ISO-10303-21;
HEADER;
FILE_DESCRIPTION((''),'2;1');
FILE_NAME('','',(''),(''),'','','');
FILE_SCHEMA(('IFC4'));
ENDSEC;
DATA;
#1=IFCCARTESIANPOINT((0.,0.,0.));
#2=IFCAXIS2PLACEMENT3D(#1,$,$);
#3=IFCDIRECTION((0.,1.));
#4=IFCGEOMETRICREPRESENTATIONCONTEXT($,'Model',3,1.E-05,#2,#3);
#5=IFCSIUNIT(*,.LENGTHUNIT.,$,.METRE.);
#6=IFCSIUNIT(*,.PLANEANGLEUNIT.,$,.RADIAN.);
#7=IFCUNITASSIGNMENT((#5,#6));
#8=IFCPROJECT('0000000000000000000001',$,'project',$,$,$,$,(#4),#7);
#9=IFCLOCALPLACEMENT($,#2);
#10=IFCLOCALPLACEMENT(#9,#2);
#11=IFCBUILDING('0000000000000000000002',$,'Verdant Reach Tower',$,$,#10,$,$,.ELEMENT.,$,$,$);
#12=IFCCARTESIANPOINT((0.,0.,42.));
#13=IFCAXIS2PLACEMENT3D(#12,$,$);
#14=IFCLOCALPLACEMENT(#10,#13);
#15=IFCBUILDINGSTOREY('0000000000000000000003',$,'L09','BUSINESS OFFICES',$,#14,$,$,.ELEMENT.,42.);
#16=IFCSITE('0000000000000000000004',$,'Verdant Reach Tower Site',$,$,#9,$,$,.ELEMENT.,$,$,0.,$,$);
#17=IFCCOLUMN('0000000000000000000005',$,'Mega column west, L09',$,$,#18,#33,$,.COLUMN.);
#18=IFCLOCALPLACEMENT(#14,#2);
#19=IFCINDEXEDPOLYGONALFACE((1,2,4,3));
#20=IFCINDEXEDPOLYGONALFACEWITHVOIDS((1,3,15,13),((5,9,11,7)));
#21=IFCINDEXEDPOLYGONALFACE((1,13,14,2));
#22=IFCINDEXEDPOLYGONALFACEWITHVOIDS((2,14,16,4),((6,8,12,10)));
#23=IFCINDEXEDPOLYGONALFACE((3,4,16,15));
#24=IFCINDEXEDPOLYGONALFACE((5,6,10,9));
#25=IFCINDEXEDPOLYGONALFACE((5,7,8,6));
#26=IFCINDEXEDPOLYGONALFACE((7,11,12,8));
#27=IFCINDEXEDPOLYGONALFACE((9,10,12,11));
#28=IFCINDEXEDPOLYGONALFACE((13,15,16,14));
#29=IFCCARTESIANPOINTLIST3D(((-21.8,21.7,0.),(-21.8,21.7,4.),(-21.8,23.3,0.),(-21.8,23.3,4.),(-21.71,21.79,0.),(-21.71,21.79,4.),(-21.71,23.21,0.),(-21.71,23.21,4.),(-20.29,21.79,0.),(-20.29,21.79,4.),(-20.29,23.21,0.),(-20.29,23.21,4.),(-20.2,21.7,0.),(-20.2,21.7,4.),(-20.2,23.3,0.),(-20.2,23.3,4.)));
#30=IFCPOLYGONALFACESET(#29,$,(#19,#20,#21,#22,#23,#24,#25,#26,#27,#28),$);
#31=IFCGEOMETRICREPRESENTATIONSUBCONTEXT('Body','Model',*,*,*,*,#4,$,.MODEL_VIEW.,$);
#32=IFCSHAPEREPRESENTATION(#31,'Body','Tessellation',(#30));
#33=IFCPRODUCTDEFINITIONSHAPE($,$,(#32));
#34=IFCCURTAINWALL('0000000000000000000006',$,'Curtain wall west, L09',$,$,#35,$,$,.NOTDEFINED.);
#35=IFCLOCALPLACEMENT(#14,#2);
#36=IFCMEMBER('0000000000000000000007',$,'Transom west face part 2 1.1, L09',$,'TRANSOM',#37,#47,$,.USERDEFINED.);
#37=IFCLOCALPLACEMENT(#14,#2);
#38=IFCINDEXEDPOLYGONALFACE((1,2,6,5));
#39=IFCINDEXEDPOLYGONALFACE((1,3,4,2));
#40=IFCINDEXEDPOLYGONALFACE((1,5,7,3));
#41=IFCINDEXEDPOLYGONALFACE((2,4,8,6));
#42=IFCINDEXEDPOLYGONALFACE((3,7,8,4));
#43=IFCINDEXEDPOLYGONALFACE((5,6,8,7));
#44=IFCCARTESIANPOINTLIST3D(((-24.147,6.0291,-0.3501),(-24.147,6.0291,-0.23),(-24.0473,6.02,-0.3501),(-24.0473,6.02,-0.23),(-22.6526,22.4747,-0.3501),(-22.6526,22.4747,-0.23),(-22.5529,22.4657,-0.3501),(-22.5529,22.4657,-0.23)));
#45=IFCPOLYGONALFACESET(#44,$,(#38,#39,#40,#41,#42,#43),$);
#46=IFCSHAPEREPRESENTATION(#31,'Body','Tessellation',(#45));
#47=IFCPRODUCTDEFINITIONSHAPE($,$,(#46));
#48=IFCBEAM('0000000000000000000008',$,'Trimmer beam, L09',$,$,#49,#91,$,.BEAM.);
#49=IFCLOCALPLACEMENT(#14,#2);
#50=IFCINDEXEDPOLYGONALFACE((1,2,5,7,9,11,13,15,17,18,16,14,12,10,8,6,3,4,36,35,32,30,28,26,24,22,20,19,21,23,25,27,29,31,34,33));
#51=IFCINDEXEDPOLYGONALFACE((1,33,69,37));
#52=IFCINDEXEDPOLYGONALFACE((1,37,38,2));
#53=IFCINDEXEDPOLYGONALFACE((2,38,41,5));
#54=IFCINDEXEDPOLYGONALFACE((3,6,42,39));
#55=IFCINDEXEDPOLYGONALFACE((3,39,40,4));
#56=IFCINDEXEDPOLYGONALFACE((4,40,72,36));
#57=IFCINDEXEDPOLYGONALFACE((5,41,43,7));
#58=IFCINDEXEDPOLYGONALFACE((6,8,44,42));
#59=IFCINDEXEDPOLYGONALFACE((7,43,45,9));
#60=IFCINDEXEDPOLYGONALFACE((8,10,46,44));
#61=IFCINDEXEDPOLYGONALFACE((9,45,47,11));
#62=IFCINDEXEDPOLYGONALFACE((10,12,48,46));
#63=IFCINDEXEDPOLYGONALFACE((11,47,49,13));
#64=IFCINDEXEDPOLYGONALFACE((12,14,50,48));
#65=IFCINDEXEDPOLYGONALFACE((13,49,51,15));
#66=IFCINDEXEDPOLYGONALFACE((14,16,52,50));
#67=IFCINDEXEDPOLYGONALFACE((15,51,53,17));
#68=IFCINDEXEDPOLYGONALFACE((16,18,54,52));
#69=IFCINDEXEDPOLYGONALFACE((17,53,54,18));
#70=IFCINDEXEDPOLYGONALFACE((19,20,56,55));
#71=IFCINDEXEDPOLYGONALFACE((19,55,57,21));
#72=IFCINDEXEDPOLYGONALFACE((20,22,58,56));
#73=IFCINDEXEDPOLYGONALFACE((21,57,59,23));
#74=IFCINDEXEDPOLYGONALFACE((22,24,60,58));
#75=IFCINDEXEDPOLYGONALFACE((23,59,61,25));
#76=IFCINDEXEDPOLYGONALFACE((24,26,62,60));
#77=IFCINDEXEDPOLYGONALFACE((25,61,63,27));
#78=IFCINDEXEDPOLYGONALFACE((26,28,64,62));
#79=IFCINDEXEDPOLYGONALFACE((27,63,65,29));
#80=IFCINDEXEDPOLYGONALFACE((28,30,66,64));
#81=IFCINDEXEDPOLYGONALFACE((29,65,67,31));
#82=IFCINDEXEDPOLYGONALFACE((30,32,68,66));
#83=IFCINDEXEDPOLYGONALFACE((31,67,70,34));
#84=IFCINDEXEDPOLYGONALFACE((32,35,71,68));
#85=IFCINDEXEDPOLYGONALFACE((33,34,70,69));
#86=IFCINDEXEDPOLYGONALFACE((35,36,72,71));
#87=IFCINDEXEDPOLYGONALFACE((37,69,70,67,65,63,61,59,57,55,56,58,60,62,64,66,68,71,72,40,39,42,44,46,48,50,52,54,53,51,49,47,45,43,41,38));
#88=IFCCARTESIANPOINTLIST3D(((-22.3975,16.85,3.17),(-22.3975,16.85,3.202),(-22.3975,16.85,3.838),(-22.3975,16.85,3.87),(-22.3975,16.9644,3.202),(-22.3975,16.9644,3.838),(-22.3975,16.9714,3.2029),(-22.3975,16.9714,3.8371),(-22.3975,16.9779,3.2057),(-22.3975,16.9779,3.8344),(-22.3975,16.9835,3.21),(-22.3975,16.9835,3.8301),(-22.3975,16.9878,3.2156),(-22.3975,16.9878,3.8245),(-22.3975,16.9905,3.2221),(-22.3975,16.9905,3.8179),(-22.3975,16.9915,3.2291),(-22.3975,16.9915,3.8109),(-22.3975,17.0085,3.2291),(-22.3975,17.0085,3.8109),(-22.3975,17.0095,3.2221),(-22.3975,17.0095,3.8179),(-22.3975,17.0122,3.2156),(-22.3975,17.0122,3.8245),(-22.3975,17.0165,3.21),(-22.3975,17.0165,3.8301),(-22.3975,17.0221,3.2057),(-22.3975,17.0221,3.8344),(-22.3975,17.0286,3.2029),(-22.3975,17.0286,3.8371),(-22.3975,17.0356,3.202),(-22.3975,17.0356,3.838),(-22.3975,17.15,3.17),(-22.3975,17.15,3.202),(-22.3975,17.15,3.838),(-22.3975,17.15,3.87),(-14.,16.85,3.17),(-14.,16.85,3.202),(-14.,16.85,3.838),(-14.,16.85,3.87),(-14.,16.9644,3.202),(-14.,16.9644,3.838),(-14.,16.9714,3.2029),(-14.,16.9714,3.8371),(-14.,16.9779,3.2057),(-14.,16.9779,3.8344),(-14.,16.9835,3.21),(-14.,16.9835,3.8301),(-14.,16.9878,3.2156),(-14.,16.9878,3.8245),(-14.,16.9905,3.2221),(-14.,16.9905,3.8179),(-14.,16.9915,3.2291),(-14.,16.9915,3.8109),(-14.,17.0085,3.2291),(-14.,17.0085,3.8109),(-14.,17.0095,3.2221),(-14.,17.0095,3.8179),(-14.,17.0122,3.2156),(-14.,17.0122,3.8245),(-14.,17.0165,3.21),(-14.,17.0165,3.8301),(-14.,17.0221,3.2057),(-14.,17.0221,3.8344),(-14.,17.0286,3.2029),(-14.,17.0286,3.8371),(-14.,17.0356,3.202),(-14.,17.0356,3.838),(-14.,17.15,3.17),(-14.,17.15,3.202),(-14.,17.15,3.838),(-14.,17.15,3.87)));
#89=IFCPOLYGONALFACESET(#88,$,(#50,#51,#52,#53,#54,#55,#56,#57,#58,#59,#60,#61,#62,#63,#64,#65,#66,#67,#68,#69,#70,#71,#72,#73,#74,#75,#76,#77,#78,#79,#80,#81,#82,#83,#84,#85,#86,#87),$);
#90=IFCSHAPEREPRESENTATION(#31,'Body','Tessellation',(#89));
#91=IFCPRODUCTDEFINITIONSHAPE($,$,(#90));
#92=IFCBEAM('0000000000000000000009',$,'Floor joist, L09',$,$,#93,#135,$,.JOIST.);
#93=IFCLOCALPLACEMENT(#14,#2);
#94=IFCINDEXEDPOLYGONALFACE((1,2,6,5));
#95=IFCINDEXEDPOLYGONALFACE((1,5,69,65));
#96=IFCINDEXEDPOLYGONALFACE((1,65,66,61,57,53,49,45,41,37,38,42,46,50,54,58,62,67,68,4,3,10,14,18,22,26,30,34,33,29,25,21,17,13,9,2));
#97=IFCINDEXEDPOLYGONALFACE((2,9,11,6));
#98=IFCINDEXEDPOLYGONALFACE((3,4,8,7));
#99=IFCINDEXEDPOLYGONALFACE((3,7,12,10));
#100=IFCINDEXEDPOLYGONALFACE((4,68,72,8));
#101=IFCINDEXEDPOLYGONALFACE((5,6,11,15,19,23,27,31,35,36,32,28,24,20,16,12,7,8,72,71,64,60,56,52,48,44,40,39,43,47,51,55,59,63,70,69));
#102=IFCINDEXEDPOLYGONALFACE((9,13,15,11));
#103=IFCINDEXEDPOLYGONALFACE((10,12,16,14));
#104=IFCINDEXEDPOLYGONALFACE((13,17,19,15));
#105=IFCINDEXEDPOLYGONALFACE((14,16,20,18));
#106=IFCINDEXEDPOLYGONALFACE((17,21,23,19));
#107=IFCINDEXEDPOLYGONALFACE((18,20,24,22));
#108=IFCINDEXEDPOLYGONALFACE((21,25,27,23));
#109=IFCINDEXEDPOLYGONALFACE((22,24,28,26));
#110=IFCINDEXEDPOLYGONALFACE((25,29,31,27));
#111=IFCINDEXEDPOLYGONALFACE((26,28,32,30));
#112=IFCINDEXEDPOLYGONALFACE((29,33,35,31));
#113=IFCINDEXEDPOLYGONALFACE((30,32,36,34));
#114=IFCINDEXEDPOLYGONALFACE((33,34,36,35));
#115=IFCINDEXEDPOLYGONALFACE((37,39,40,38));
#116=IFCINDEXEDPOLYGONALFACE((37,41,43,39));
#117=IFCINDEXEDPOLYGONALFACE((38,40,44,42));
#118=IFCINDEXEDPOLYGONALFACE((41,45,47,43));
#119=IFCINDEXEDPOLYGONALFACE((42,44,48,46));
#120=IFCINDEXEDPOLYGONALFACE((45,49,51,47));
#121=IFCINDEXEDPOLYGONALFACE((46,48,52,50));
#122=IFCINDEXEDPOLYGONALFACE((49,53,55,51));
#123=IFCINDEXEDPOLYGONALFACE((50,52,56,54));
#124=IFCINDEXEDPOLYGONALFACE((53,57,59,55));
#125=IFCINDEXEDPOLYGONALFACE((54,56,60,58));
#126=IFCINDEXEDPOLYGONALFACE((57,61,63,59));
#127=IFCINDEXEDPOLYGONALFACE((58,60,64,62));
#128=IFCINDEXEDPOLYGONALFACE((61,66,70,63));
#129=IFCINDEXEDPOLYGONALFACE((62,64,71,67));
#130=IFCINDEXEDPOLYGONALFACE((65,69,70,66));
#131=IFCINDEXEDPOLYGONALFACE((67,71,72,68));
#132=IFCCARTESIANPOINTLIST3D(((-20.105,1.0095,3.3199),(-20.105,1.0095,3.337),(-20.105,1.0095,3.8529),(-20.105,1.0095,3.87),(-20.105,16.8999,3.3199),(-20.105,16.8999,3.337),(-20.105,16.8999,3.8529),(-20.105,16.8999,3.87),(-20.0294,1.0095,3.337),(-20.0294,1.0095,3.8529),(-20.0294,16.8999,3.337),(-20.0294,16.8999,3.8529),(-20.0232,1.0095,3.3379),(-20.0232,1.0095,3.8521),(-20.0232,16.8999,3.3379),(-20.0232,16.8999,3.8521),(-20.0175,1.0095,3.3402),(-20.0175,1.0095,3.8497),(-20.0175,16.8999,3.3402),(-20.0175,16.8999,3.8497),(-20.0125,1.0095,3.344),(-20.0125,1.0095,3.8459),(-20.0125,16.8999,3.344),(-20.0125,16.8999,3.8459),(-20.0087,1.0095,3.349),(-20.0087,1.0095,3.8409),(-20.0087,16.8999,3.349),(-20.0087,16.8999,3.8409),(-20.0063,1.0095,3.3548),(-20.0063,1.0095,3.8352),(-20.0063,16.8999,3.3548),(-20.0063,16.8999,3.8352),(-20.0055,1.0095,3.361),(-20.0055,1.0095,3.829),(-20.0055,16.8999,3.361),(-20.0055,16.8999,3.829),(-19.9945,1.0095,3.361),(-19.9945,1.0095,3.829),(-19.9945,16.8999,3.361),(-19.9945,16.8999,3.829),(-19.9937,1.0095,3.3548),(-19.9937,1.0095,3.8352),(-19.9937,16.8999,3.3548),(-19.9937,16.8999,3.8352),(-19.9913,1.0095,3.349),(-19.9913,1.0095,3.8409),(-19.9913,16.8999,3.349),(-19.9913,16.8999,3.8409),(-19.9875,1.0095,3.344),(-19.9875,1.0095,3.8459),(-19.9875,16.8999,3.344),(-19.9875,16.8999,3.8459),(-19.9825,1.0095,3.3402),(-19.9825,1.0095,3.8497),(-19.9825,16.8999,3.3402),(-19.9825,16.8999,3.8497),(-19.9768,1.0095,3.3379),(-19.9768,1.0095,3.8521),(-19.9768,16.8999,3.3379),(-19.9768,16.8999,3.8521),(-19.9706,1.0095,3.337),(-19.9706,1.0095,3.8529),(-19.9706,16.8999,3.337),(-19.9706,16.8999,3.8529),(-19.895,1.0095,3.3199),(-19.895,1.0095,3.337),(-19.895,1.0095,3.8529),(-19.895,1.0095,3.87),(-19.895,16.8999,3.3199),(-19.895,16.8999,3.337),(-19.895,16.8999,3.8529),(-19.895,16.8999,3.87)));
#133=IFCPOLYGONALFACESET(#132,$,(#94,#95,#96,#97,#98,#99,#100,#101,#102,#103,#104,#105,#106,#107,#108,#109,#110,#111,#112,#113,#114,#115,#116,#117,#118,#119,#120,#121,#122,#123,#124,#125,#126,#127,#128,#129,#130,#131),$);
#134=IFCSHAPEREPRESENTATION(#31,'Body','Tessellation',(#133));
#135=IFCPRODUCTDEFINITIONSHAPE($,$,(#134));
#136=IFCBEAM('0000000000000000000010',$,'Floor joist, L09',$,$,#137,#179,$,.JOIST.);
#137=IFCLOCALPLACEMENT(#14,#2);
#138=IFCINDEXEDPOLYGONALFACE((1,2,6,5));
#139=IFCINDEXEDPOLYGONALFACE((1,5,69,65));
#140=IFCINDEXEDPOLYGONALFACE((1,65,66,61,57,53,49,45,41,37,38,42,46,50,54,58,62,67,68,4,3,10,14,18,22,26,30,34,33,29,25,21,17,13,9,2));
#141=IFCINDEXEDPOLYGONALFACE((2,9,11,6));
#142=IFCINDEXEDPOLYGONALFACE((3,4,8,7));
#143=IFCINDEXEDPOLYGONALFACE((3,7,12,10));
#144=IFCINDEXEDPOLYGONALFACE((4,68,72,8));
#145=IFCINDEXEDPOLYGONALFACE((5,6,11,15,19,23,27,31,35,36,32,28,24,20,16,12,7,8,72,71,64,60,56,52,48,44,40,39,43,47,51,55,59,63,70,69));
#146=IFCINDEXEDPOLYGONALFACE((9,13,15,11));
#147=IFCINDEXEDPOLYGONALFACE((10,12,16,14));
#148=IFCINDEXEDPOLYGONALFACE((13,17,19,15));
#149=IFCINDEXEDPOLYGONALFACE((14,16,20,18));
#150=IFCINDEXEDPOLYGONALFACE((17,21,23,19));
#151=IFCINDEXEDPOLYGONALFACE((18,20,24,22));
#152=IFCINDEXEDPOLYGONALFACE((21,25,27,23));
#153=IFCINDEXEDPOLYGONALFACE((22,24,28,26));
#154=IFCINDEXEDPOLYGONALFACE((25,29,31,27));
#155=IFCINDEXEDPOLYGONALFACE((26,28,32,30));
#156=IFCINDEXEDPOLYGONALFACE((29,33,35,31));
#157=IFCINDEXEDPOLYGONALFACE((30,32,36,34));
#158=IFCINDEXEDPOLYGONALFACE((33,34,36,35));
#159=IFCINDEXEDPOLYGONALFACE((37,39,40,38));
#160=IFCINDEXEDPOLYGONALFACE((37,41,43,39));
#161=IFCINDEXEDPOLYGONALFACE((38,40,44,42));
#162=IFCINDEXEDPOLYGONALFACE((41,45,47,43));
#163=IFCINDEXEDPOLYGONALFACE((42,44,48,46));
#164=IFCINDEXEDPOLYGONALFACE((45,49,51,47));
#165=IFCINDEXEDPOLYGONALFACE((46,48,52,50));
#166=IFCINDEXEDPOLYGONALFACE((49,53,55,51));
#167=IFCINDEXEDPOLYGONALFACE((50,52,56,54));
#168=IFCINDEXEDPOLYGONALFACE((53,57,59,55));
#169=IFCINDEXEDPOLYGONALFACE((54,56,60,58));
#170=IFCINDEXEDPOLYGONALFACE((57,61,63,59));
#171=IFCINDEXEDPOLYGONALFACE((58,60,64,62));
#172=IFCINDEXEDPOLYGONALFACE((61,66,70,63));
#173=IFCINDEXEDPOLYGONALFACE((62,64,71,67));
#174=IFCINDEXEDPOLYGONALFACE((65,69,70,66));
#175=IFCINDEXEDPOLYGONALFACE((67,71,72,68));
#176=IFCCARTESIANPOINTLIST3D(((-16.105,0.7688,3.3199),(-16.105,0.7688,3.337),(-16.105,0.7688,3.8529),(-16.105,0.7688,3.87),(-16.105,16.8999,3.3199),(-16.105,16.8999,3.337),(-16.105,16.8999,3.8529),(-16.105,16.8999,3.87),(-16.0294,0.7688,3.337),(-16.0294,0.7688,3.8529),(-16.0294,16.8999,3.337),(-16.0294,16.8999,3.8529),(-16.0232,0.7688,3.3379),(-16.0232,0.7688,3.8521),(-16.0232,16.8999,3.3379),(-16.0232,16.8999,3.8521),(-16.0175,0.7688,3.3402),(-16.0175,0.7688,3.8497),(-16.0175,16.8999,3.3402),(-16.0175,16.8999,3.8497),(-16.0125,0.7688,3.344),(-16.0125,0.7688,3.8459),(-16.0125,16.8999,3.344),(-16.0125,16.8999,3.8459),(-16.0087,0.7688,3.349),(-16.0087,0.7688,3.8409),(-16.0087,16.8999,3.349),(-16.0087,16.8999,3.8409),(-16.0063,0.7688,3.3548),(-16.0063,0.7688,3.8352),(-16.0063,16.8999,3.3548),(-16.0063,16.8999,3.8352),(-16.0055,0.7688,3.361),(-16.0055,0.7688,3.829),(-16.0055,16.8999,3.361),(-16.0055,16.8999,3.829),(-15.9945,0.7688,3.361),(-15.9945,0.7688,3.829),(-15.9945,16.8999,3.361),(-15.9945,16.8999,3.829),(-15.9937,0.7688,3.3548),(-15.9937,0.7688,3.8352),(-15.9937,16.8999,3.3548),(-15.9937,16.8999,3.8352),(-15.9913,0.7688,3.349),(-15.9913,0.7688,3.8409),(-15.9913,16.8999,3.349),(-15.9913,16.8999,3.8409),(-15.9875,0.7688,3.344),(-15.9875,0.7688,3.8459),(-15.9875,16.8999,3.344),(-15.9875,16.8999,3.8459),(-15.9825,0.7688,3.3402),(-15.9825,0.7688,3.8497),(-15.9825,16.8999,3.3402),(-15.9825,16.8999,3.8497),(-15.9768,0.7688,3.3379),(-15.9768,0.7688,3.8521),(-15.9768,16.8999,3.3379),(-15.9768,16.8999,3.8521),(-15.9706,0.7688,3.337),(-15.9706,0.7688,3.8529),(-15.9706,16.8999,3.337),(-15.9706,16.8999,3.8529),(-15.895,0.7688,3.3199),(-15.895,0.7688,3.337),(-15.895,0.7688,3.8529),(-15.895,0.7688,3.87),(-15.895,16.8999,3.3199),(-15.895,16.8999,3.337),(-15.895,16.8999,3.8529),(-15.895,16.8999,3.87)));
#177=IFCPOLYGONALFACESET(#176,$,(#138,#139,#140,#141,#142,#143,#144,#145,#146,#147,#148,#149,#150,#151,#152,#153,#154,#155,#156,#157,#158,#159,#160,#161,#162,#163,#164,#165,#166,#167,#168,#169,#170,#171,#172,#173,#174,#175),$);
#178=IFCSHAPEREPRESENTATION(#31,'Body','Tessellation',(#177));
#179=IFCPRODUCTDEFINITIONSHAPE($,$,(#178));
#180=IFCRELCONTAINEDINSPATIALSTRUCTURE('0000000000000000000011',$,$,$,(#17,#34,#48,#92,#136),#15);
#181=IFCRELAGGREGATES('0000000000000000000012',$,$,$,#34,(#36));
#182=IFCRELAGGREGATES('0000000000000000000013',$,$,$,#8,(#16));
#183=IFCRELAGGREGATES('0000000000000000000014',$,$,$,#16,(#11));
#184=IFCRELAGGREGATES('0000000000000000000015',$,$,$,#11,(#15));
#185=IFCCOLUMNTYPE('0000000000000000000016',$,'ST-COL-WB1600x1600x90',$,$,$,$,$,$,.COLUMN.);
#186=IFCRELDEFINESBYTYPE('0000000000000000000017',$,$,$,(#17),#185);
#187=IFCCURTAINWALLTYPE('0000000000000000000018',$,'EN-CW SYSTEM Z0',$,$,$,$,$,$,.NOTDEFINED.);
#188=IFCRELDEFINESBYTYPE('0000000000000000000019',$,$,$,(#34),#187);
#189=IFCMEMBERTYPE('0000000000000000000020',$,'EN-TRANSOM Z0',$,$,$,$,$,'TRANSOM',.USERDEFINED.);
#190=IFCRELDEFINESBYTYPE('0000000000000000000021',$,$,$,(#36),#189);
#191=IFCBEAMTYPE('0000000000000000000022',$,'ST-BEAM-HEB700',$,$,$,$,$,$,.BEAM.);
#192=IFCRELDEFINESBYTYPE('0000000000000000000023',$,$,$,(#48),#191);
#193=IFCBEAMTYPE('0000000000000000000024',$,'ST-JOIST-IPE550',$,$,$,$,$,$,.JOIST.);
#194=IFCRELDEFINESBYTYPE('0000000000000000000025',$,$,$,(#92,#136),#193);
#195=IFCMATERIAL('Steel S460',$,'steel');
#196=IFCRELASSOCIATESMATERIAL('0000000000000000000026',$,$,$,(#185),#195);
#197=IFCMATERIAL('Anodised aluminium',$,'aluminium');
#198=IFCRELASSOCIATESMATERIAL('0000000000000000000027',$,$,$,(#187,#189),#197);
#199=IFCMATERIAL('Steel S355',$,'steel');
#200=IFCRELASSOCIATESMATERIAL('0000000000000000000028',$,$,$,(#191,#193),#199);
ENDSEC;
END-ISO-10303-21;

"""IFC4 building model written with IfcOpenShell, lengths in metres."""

from ifc_helpers import new_model, si_unit, direction, frame, origin, origin_2d, place, context, subcontext, project, spatial, rectangle, hollow_rectangle, i_section, extrude, material, material_profile, profile_set, type_object, element, aggregate, save


model = new_model("IFC4")

# Units and contexts
model_context = context("Model", 3, precision=1e-05, world=origin(), true_north=direction((0.0, 1.0)))
body_context = subcontext(model_context, "Body", "Model", "MODEL_VIEW")
ifc_project = project(units=[si_unit("LENGTHUNIT", "METRE"), si_unit("PLANEANGLEUNIT", "RADIAN")], contexts=[model_context])

# Site, building, storey
site_placement = place(None, origin())
site = spatial("IfcSite", under=ifc_project, at=site_placement, Name="Verdant Reach Tower Site", CompositionType="ELEMENT", RefElevation=0.0)
building_placement = place(site_placement, origin())
building = spatial("IfcBuilding", under=site, at=building_placement, Name="Verdant Reach Tower", CompositionType="ELEMENT")
storey_placement = place(building_placement, frame((0.0, 0.0, 42.0)))
storey = spatial("IfcBuildingStorey", under=building, at=storey_placement, Name="L09", Description="BUSINESS OFFICES", CompositionType="ELEMENT", Elevation=42.0)

# Column
ifc_material_1 = material(Name="Steel S460", Category="steel")
ifc_material_profile_1 = material_profile(ifc_material_1, hollow_rectangle(XDim=1.6001, YDim=1.6001, WallThickness=0.0901, at=origin_2d()), Name="WB 1600x1600x90")
ifc_profile_set_1 = profile_set([ifc_material_profile_1], Name="Steel S460")
column_type = type_object("IfcColumnType", Name="ST-COL-WB1600x1600x90", PredefinedType="COLUMN", material=ifc_profile_set_1)
column_placement = place(storey_placement, frame((-21.0, 22.5, 0.0), z_axis=(0.0, 0.0, 1.0), x_axis=(1.0, 0.0, 0.0)))
element("IfcColumn", 1, at=column_placement, inside=storey, type_object=column_type, Name="Mega column west, L09", PredefinedType="COLUMN", context=body_context, shape_type="SweptSolid", body=[
    extrude(hollow_rectangle(XDim=1.6001, YDim=1.6001, WallThickness=0.0901, at=origin_2d()), origin(), (0.0, 0.0, 1.0), 4.0),
])

# Curtain wall, member
ifc_material_2 = material(Name="Anodised aluminium", Category="aluminium")
curtain_wall_type = type_object("IfcCurtainWallType", Name="EN-CW SYSTEM Z0", PredefinedType="NOTDEFINED", material=ifc_material_2)
curtain_wall_placement = place(storey_placement, origin())
curtain_wall = element("IfcCurtainWall", 2, at=curtain_wall_placement, inside=storey, type_object=curtain_wall_type, Name="Curtain wall west, L09", PredefinedType="NOTDEFINED")
ifc_material_profile_2 = material_profile(ifc_material_2, rectangle(XDim=0.1001, YDim=0.1201, at=origin_2d()), Name="Transom 120x100")
ifc_profile_set_2 = profile_set([ifc_material_profile_2], Name="Anodised aluminium")
member_type = type_object("IfcMemberType", Name="EN-TRANSOM Z0", ElementType="TRANSOM", PredefinedType="USERDEFINED", material=ifc_profile_set_2)
member_placement = place(storey_placement, frame((-22.6028, 22.4702, -0.29), z_axis=(-0.090496, -0.995897, 0.0), x_axis=(0.995897, -0.090496, 0.0)))
member = element("IfcMember", 3, at=member_placement, type_object=member_type, Name="Transom west face part 2 1.1, L09", ObjectType="TRANSOM", PredefinedType="USERDEFINED", context=body_context, shape_type="SweptSolid", body=[
    extrude(rectangle(XDim=0.1001, YDim=0.1201, at=origin_2d()), origin(), (0.0, 0.0, 1.0), 16.5134),
])

# Beams
ifc_material_3 = material(Name="Steel S355", Category="steel")
ifc_material_profile_3 = material_profile(ifc_material_3, i_section(OverallWidth=0.3, OverallDepth=0.7, WebThickness=0.0171, FlangeThickness=0.032, FilletRadius=0.0271, at=origin_2d()), Name="HEB 700")
ifc_profile_set_3 = profile_set([ifc_material_profile_3], Name="Steel S355")
beam_type_1 = type_object("IfcBeamType", Name="ST-BEAM-HEB700", PredefinedType="BEAM", material=ifc_profile_set_3)
beam_1_placement = place(storey_placement, frame((-14.0, 17.0, 3.52), z_axis=(-1.0, 0.0, 0.0), x_axis=(0.0, -1.0, 0.0)))
element("IfcBeam", 4, at=beam_1_placement, inside=storey, type_object=beam_type_1, Name="Trimmer beam, L09", PredefinedType="BEAM", context=body_context, shape_type="SweptSolid", body=[
    extrude(i_section(OverallWidth=0.3, OverallDepth=0.7, WebThickness=0.0171, FlangeThickness=0.032, FilletRadius=0.0271, at=origin_2d()), origin(), (0.0, 0.0, 1.0), 8.3975),
])
ifc_material_profile_4 = material_profile(ifc_material_3, i_section(OverallWidth=0.21, OverallDepth=0.55, WebThickness=0.011, FlangeThickness=0.0171, FilletRadius=0.0239, at=origin_2d()), Name="IPE 550")
ifc_profile_set_4 = profile_set([ifc_material_profile_4], Name="Steel S355")
beam_type_2 = type_object("IfcBeamType", Name="ST-JOIST-IPE550", PredefinedType="JOIST", material=ifc_profile_set_4)
beam_2_placement = place(storey_placement, frame((-20.0, 16.8999, 3.595), z_axis=(0.0, -1.0, 0.0), x_axis=(1.0, 0.0, 0.0)))
element("IfcBeam", 5, at=beam_2_placement, inside=storey, type_object=beam_type_2, Name="Floor joist, L09", PredefinedType="JOIST", context=body_context, shape_type="SweptSolid", body=[
    extrude(i_section(OverallWidth=0.21, OverallDepth=0.55, WebThickness=0.011, FlangeThickness=0.0171, FilletRadius=0.0239, at=origin_2d()), origin(), (0.0, 0.0, 1.0), 15.8904),
])
beam_3_placement = place(storey_placement, frame((-16.0, 16.8999, 3.595), z_axis=(0.0, -1.0, 0.0), x_axis=(1.0, 0.0, 0.0)))
element("IfcBeam", 6, at=beam_3_placement, inside=storey, type_object=beam_type_2, Name="Floor joist, L09", PredefinedType="JOIST", context=body_context, shape_type="SweptSolid", body=[
    extrude(i_section(OverallWidth=0.21, OverallDepth=0.55, WebThickness=0.011, FlangeThickness=0.0171, FilletRadius=0.0239, at=origin_2d()), origin(), (0.0, 0.0, 1.0), 16.1311),
])

aggregate(curtain_wall, [member])

save(model, "model.ifc")
